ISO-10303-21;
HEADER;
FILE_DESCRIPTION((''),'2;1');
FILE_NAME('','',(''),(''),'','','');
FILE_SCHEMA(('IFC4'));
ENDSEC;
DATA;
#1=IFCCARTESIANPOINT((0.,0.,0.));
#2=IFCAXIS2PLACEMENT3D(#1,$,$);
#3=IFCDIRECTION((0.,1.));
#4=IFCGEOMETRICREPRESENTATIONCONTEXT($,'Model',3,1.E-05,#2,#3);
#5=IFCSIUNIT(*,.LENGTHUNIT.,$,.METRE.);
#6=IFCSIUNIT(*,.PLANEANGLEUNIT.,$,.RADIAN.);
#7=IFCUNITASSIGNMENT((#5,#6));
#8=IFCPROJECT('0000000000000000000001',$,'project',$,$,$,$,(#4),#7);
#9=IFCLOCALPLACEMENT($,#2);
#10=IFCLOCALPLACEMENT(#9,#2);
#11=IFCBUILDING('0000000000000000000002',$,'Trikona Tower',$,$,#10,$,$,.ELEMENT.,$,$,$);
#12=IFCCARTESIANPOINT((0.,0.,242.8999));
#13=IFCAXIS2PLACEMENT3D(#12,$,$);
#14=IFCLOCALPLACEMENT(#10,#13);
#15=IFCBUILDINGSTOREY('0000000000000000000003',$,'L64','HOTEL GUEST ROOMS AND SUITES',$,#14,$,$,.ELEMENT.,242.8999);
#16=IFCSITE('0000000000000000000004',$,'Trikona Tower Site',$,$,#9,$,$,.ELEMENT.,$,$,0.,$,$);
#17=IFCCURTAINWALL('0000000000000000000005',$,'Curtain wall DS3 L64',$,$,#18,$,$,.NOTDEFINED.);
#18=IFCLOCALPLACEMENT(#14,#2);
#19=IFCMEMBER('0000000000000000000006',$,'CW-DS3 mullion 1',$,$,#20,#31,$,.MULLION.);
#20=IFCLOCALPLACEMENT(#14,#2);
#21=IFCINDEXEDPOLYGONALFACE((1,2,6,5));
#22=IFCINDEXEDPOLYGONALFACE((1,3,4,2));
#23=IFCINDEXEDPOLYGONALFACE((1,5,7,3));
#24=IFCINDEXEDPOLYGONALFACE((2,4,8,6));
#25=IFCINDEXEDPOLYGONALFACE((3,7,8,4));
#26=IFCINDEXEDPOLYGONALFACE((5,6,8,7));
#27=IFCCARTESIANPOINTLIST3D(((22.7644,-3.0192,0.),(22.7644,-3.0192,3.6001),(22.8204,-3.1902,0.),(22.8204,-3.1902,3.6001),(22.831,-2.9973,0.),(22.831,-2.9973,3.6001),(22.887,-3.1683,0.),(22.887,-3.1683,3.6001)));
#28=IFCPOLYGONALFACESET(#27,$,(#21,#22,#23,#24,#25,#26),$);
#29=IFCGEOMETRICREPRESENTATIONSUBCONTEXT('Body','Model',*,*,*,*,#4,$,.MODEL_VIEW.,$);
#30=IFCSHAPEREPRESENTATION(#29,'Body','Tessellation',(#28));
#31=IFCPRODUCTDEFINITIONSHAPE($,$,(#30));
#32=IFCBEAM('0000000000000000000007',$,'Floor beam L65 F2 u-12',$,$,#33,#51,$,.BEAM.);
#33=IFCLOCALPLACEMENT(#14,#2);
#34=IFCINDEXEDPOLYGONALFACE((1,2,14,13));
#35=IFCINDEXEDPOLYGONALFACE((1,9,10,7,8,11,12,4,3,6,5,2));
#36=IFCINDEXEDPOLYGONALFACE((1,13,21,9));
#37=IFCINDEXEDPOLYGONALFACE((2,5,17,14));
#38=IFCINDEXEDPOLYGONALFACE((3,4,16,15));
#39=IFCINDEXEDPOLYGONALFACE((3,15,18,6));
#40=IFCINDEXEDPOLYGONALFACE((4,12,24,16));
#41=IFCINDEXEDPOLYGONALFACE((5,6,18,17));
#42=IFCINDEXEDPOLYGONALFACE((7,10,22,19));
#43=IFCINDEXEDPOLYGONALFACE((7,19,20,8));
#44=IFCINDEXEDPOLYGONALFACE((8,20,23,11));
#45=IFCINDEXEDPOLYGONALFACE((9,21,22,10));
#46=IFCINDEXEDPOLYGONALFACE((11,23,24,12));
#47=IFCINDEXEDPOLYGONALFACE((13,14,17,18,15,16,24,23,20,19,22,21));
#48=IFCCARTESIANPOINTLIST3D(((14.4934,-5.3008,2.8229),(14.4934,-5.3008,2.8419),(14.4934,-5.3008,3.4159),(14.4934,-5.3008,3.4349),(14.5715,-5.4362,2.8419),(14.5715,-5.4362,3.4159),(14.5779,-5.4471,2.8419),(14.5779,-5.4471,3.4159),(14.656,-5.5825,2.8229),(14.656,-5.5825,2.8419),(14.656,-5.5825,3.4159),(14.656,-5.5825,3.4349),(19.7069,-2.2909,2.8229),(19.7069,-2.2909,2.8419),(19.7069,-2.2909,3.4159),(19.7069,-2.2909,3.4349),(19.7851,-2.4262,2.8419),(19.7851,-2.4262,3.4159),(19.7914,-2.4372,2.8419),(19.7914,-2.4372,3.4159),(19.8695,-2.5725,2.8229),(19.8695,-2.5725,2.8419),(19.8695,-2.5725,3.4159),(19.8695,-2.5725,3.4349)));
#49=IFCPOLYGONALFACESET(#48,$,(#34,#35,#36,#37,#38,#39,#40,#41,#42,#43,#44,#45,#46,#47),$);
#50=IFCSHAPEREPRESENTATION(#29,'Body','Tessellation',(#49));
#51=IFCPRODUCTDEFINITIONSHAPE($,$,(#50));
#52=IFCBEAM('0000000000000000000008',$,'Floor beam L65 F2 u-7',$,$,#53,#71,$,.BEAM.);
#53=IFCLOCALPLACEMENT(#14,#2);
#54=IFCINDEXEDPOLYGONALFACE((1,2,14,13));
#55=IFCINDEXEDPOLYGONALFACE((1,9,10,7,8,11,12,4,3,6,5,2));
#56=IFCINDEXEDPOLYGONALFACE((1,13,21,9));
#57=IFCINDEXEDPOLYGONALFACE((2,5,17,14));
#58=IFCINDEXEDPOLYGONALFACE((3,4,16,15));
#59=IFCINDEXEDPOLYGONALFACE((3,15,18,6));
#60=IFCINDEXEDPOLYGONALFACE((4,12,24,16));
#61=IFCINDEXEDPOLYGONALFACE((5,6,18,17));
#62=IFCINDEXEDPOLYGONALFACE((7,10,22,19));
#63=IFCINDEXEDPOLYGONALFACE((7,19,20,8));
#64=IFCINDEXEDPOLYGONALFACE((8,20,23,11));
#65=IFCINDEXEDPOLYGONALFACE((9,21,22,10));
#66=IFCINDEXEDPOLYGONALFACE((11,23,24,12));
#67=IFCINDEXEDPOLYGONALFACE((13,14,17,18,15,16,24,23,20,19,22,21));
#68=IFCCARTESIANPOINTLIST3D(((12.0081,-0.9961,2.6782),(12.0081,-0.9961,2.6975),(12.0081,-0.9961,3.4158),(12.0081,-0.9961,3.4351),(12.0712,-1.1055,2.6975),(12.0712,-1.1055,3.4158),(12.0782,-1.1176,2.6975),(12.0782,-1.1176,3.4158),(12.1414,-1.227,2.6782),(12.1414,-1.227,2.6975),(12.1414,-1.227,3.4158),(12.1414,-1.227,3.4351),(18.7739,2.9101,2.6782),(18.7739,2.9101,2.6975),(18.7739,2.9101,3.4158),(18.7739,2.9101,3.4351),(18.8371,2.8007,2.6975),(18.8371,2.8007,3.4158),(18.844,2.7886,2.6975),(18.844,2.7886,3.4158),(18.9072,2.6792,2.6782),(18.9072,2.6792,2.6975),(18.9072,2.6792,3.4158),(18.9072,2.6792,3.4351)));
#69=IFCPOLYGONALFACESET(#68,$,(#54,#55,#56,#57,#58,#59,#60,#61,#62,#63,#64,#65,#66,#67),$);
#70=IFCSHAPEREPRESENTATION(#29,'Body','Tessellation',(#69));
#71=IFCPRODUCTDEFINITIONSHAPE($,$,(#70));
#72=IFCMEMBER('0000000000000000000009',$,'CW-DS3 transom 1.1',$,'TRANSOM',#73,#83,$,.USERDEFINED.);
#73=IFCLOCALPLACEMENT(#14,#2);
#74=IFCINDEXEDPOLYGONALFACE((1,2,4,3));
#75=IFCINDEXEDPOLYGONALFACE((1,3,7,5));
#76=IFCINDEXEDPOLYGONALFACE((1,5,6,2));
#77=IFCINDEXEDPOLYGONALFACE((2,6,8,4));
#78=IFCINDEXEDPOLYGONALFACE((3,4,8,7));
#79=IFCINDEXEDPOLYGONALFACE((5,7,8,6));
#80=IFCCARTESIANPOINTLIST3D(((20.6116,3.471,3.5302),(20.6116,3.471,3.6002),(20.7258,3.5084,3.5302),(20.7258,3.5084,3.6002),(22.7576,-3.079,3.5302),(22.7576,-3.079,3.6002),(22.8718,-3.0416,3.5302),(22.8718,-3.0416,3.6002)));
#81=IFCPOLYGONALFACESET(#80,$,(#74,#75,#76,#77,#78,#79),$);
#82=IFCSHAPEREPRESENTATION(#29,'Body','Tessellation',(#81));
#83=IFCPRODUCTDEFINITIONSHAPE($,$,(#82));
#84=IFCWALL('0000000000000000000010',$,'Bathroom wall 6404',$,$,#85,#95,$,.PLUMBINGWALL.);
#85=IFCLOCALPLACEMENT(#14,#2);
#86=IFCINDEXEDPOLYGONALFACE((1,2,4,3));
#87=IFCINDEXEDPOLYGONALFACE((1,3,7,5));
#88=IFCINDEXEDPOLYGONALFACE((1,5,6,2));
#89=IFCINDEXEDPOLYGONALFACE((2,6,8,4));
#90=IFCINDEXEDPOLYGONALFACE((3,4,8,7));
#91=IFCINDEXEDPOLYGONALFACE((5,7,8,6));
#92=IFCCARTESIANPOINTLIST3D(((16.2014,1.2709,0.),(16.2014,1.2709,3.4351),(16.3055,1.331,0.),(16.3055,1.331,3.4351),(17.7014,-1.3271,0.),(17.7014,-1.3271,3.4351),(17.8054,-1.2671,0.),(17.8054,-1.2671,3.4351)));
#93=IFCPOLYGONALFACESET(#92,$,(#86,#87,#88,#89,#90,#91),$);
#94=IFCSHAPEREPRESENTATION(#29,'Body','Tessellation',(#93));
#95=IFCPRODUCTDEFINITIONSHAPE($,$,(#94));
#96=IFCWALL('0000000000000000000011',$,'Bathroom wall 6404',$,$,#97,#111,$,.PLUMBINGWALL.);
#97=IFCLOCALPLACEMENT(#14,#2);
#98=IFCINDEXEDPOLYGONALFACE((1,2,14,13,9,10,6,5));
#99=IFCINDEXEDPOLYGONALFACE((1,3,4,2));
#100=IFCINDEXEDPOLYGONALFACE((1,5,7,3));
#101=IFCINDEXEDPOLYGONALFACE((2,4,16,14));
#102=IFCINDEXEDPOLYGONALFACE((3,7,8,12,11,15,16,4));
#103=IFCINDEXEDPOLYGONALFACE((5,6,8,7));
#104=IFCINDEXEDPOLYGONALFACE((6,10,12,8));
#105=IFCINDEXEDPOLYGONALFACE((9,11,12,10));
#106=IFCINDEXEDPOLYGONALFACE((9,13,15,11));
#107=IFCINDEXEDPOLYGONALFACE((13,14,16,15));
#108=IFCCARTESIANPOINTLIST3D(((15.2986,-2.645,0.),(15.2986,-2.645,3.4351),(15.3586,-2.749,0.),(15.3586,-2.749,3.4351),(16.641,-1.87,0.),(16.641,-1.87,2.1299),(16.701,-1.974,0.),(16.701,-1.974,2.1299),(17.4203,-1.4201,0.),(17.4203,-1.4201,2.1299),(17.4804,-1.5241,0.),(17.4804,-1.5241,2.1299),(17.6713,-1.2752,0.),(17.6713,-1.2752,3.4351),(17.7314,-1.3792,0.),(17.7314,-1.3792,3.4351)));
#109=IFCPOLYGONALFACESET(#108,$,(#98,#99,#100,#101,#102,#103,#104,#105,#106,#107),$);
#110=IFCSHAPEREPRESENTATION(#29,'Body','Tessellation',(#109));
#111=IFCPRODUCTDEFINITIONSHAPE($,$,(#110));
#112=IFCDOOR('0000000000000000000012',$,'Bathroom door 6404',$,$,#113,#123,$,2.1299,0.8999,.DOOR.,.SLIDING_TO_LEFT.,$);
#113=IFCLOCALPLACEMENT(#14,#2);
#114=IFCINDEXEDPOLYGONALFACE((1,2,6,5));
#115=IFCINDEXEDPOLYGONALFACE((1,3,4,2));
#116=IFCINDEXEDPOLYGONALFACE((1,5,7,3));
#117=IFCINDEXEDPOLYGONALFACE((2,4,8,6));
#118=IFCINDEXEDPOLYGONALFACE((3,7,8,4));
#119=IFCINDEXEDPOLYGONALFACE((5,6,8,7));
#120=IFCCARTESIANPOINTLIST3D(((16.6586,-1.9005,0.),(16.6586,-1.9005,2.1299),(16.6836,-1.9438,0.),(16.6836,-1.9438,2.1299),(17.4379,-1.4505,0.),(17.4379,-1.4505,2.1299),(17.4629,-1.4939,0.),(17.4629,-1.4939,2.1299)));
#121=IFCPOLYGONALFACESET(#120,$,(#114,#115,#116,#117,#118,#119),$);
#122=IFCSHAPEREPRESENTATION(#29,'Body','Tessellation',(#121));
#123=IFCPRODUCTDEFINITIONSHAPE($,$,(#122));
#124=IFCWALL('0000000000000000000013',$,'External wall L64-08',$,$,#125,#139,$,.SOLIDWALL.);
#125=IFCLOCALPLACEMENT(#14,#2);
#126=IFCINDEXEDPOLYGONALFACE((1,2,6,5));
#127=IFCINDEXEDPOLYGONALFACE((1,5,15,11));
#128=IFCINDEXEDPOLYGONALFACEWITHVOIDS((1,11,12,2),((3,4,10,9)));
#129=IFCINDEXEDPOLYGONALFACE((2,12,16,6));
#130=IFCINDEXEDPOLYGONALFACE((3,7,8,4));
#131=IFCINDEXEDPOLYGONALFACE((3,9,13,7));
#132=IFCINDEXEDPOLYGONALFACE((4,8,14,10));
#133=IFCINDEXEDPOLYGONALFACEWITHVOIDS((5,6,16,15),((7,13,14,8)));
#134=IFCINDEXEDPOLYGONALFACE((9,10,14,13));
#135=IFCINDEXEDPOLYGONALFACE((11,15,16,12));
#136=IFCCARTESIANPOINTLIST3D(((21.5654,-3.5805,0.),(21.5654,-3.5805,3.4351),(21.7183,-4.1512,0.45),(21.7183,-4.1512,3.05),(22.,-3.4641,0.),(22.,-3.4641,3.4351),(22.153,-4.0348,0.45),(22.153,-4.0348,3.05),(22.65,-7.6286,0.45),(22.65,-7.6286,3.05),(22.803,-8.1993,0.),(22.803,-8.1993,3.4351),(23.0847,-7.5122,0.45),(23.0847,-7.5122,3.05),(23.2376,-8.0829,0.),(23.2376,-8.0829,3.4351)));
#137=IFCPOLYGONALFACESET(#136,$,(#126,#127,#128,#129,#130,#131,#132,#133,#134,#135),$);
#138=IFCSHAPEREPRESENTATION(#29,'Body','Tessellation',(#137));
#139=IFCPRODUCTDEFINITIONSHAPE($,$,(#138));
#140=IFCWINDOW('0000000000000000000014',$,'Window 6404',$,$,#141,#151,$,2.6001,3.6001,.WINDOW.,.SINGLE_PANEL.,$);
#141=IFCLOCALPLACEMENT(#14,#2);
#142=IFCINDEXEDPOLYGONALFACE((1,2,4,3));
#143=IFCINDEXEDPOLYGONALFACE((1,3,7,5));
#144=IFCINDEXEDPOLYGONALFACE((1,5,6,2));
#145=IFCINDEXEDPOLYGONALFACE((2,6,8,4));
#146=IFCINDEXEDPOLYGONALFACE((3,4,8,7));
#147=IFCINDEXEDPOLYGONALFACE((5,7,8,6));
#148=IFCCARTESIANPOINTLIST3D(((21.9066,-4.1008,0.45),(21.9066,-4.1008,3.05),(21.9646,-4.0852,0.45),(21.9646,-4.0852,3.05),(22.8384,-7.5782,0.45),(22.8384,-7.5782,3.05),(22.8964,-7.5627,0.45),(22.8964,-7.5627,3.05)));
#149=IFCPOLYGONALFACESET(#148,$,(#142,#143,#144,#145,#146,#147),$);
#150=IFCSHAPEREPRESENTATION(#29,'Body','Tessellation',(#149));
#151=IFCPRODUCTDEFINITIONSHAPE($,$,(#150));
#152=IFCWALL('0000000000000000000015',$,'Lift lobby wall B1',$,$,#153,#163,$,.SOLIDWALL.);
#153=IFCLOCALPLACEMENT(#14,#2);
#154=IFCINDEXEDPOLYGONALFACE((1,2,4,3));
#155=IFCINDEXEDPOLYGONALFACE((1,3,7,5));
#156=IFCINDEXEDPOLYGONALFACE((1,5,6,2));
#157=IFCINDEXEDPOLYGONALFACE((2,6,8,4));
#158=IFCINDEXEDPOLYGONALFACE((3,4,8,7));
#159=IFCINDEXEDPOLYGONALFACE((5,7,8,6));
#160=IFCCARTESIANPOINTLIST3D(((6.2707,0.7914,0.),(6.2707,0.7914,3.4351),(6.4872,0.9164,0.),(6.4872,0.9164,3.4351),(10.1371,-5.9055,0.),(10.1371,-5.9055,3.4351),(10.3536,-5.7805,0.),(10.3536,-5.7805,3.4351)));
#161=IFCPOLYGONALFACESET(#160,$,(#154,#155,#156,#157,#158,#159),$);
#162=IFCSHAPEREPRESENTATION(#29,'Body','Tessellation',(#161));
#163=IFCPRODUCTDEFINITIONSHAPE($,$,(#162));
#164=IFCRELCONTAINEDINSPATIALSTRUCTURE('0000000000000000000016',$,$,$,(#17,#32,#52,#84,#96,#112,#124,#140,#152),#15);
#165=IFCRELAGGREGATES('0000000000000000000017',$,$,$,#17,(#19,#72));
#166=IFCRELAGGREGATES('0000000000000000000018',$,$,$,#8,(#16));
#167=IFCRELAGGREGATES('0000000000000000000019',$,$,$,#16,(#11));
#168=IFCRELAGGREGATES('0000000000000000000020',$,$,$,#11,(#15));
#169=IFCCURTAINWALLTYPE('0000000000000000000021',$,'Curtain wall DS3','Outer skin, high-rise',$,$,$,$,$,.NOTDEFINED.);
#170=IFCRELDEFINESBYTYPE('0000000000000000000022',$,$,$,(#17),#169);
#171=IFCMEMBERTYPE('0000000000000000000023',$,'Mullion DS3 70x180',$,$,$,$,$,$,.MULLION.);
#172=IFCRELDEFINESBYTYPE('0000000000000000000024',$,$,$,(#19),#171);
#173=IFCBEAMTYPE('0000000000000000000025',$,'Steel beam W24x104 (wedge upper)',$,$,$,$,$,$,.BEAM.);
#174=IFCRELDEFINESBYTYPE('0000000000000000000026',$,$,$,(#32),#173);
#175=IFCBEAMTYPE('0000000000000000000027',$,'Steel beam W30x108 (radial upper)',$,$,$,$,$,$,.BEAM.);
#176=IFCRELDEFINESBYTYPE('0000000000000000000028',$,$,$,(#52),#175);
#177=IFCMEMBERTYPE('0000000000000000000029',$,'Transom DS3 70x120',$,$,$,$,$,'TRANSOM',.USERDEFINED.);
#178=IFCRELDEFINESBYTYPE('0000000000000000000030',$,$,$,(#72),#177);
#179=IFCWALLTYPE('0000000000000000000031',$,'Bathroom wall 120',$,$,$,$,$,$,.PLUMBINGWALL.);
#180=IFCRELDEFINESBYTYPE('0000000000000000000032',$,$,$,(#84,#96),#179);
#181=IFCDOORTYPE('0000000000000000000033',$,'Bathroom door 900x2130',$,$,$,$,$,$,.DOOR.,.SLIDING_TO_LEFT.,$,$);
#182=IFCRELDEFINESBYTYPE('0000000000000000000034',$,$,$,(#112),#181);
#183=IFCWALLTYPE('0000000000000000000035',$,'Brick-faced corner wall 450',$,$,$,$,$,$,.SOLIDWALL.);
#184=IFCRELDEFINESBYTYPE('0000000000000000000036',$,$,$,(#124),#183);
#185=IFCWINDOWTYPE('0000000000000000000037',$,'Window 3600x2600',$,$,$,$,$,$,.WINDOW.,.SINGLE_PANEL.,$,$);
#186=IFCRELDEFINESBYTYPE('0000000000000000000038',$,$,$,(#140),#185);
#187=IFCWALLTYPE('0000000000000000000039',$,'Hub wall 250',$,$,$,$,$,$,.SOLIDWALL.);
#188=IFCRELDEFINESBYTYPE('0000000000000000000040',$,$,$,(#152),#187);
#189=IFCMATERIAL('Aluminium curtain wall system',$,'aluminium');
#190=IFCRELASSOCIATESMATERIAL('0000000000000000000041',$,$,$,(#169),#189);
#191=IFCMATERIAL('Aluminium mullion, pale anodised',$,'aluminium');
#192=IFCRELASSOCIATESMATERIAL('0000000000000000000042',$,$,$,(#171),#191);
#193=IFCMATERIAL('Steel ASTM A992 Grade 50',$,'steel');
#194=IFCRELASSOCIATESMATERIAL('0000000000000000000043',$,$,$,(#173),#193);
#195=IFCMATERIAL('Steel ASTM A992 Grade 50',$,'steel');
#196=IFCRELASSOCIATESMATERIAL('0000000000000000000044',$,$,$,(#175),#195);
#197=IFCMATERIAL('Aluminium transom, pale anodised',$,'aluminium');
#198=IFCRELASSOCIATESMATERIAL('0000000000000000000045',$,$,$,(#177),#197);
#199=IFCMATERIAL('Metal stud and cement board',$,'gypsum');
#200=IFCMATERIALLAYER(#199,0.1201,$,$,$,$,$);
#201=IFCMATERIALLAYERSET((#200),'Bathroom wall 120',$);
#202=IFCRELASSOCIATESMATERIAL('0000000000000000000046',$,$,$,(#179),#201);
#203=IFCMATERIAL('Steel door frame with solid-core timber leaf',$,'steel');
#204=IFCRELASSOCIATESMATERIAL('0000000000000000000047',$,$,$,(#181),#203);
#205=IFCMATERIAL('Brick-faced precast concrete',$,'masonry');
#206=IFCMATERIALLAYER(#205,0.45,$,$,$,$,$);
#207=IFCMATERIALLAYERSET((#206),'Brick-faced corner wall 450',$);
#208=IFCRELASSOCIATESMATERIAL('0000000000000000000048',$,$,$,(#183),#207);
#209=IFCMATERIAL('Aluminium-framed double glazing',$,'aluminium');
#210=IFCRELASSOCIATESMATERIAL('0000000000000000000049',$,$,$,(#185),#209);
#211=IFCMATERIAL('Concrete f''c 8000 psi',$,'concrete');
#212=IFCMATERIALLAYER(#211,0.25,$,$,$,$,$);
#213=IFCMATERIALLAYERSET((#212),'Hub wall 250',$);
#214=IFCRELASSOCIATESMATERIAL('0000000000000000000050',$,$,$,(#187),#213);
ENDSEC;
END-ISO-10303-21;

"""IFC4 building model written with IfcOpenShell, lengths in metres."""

from ifc_helpers import new_model, si_unit, direction, frame, frame_2d, origin, origin_2d, place, context, subcontext, project, spatial, rectangle, i_section, extrude, material, layer, layer_set, material_profile, profile_set, type_object, element, fill, aggregate, save


model = new_model("IFC4")

# Units and contexts
model_context = context("Model", 3, precision=1e-05, world=origin(), true_north=direction((0.0, 1.0)))
body_context = subcontext(model_context, "Body", "Model", "MODEL_VIEW")
ifc_project = project(units=[si_unit("LENGTHUNIT", "METRE"), si_unit("PLANEANGLEUNIT", "RADIAN")], contexts=[model_context])

# Site, building, storey
site_placement = place(None, origin())
site = spatial("IfcSite", under=ifc_project, at=site_placement, Name="Trikona Tower Site", CompositionType="ELEMENT", RefElevation=0.0)
building_placement = place(site_placement, origin())
building = spatial("IfcBuilding", under=site, at=building_placement, Name="Trikona Tower", CompositionType="ELEMENT")
storey_placement = place(building_placement, frame((0.0, 0.0, 242.8999)))
storey = spatial("IfcBuildingStorey", under=building, at=storey_placement, Name="L64", Description="HOTEL GUEST ROOMS AND SUITES", CompositionType="ELEMENT", Elevation=242.8999)

# Curtain wall, member
ifc_material_1 = material(Name="Aluminium curtain wall system", Category="aluminium")
curtain_wall_type = type_object("IfcCurtainWallType", Name="Curtain wall DS3", Description="Outer skin, high-rise", PredefinedType="NOTDEFINED", material=ifc_material_1)
curtain_wall_placement = place(storey_placement, origin())
curtain_wall = element("IfcCurtainWall", 1, at=curtain_wall_placement, inside=storey, type_object=curtain_wall_type, Name="Curtain wall DS3 L64", PredefinedType="NOTDEFINED")
ifc_material_2 = material(Name="Aluminium mullion, pale anodised", Category="aluminium")
ifc_material_profile_1 = material_profile(ifc_material_2, rectangle(XDim=0.0701, YDim=0.1799, at=origin_2d()), Name="MUL-DS3")
ifc_profile_set_1 = profile_set([ifc_material_profile_1], Name="Aluminium mullion, pale anodised")
member_type_1 = type_object("IfcMemberType", Name="Mullion DS3 70x180", PredefinedType="MULLION", material=ifc_profile_set_1)
member_1_placement = place(storey_placement, frame((22.8257, -3.0938, 0.0), z_axis=(0.0, 0.0, 1.0), x_axis=(-0.950297, -0.311344, 0.0)))
member_1 = element("IfcMember", 2, at=member_1_placement, type_object=member_type_1, Name="CW-DS3 mullion 1", PredefinedType="MULLION", context=body_context, shape_type="SweptSolid", body=[
    extrude(rectangle(XDim=0.0701, YDim=0.1799, at=origin_2d()), origin(), (0.0, 0.0, 1.0), 3.6001),
])

# Beams
ifc_material_3 = material(Name="Steel ASTM A992 Grade 50", Category="steel")
ifc_material_profile_2 = material_profile(ifc_material_3, i_section(OverallWidth=0.3252, OverallDepth=0.6121, WebThickness=0.0127, FlangeThickness=0.019, at=origin_2d()), Name="W24X104")
ifc_profile_set_2 = profile_set([ifc_material_profile_2], Name="Steel ASTM A992 Grade 50")
beam_type_1 = type_object("IfcBeamType", Name="Steel beam W24x104 (wedge upper)", PredefinedType="BEAM", material=ifc_profile_set_2)
beam_1_placement = place(storey_placement, frame((14.5747, -5.4417, 3.1289), z_axis=(0.866031, 0.49999, 0.0), x_axis=(-0.49999, 0.866031, 0.0)))
element("IfcBeam", 3, at=beam_1_placement, inside=storey, type_object=beam_type_1, Name="Floor beam L65 F2 u-12", PredefinedType="BEAM", context=body_context, shape_type="SweptSolid", body=[
    extrude(i_section(OverallWidth=0.3252, OverallDepth=0.6121, WebThickness=0.0127, FlangeThickness=0.019, at=origin_2d()), origin(), (0.0, 0.0, 1.0), 6.02),
])
ifc_material_4 = material(Name="Steel ASTM A992 Grade 50", Category="steel")
ifc_material_profile_3 = material_profile(ifc_material_4, i_section(OverallWidth=0.2666, OverallDepth=0.7568, WebThickness=0.0139, FlangeThickness=0.0193, at=origin_2d()), Name="W30X108")
ifc_profile_set_3 = profile_set([ifc_material_profile_3], Name="Steel ASTM A992 Grade 50")
beam_type_2 = type_object("IfcBeamType", Name="Steel beam W30x108 (radial upper)", PredefinedType="BEAM", material=ifc_profile_set_3)
beam_2_placement = place(storey_placement, frame((12.0747, -1.1116, 3.0566), z_axis=(0.866027, 0.499997, 0.0), x_axis=(-0.499997, 0.866027, 0.0)))
element("IfcBeam", 4, at=beam_2_placement, inside=storey, type_object=beam_type_2, Name="Floor beam L65 F2 u-7", PredefinedType="BEAM", context=body_context, shape_type="SweptSolid", body=[
    extrude(i_section(OverallWidth=0.2666, OverallDepth=0.7568, WebThickness=0.0139, FlangeThickness=0.0193, at=origin_2d()), origin(), (0.0, 0.0, 1.0), 7.8125),
])

# Member
ifc_material_5 = material(Name="Aluminium transom, pale anodised", Category="aluminium")
ifc_material_profile_4 = material_profile(ifc_material_5, rectangle(XDim=0.1201, YDim=0.0701, at=origin_2d()), Name="TRN-DS3")
ifc_profile_set_4 = profile_set([ifc_material_profile_4], Name="Aluminium transom, pale anodised")
member_type_2 = type_object("IfcMemberType", Name="Transom DS3 70x120", ElementType="TRANSOM", PredefinedType="USERDEFINED", material=ifc_profile_set_4)
member_2_placement = place(storey_placement, frame((22.8147, -3.0603, 3.5652), z_axis=(-0.311346, 0.950297, 0.0), x_axis=(-0.950297, -0.311346, 0.0)))
member_2 = element("IfcMember", 5, at=member_2_placement, type_object=member_type_2, Name="CW-DS3 transom 1.1", ObjectType="TRANSOM", PredefinedType="USERDEFINED", context=body_context, shape_type="SweptSolid", body=[
    extrude(rectangle(XDim=0.1201, YDim=0.0701, at=origin_2d()), origin(), (0.0, 0.0, 1.0), 6.8926),
])
aggregate(curtain_wall, [member_1, member_2])

# Wall
ifc_material_6 = material(Name="Metal stud and cement board", Category="gypsum")
ifc_layer_1 = layer(ifc_material_6, 0.1201)
ifc_layer_set_1 = layer_set([ifc_layer_1], Name="Bathroom wall 120")
wall_type_1 = type_object("IfcWallType", Name="Bathroom wall 120", PredefinedType="PLUMBINGWALL", material=ifc_layer_set_1)
wall_1_placement = place(storey_placement, frame((17.7534, -1.2971, 0.0), z_axis=(0.0, 0.0, 1.0), x_axis=(-0.49999, 0.866031, 0.0)))
element("IfcWall", 6, at=wall_1_placement, inside=storey, type_object=wall_type_1, Name="Bathroom wall 6404", PredefinedType="PLUMBINGWALL", context=body_context, shape_type="SweptSolid", body=[
    extrude(rectangle(XDim=3.0, YDim=0.1201, at=frame_2d((1.5, 0.0))), origin(), (0.0, 0.0, 1.0), 3.4351),
])

# Wall, opening, door
wall_2_placement = place(storey_placement, frame((15.3286, -2.697, 0.0), z_axis=(0.0, 0.0, 1.0), x_axis=(0.866036, 0.499982, 0.0)))
wall_2 = element("IfcWall", 7, at=wall_2_placement, inside=storey, type_object=wall_type_1, Name="Bathroom wall 6404", PredefinedType="PLUMBINGWALL", context=body_context, shape_type="SweptSolid", body=[
    extrude(rectangle(XDim=2.7397, YDim=0.1201, at=frame_2d((1.3699, 0.0))), origin(), (0.0, 0.0, 1.0), 3.4351),
])
opening_1_placement = place(wall_2_placement, frame((1.55, 0.0, 0.0)))
opening_1 = element("IfcOpeningElement", 8, at=opening_1_placement, cuts=wall_2, PredefinedType="OPENING", context=body_context, shape_type="SweptSolid", body=[
    extrude(rectangle(XDim=0.8999, YDim=2.1299, at=frame_2d((0.45, 1.0649))), frame((0.0, 0.0701, 0.0), z_axis=(0.0, -1.0, 0.0), x_axis=(1.0, 0.0, 0.0)), (0.0, 0.0, 1.0), 0.1401),
])
ifc_material_7 = material(Name="Steel door frame with solid-core timber leaf", Category="steel")
door_type_1 = type_object("IfcDoorType", Name="Bathroom door 900x2130", OperationType="SLIDING_TO_LEFT", PredefinedType="DOOR", material=ifc_material_7)
door_1_placement = place(opening_1_placement, origin())
door_1 = element("IfcDoor", 9, at=door_1_placement, inside=storey, type_object=door_type_1, Name="Bathroom door 6404", OperationType="SLIDING_TO_LEFT", OverallHeight=2.1299, OverallWidth=0.8999, PredefinedType="DOOR", context=body_context, shape_type="SweptSolid", body=[
    extrude(rectangle(XDim=0.8999, YDim=2.1299, at=frame_2d((0.45, 1.0649))), frame((0.0, 0.0249, 0.0), z_axis=(0.0, -1.0, 0.0), x_axis=(1.0, 0.0, 0.0)), (0.0, 0.0, 1.0), 0.05),
])
fill(opening_1, door_1)

# Wall, opening, window
ifc_material_8 = material(Name="Brick-faced precast concrete", Category="masonry")
ifc_layer_2 = layer(ifc_material_8, 0.45)
ifc_layer_set_2 = layer_set([ifc_layer_2], Name="Brick-faced corner wall 450")
wall_type_2 = type_object("IfcWallType", Name="Brick-faced corner wall 450", PredefinedType="SOLIDWALL", material=ifc_layer_set_2)
wall_3_placement = place(storey_placement, frame((23.0203, -8.1411, 0.0), z_axis=(0.0, 0.0, 1.0), x_axis=(-0.258803, 0.96593, 0.0)))
wall_3 = element("IfcWall", 10, at=wall_3_placement, inside=storey, type_object=wall_type_2, Name="External wall L64-08", PredefinedType="SOLIDWALL", context=body_context, shape_type="SweptSolid", body=[
    extrude(rectangle(XDim=4.7817, YDim=0.45, at=frame_2d((2.3909, 0.0))), origin(), (0.0, 0.0, 1.0), 3.4351),
])
opening_2_placement = place(wall_3_placement, frame((0.5908, 0.0, 0.45)))
opening_2 = element("IfcOpeningElement", 11, at=opening_2_placement, cuts=wall_3, PredefinedType="OPENING", context=body_context, shape_type="SweptSolid", body=[
    extrude(rectangle(XDim=3.6001, YDim=2.6001, at=frame_2d((1.8, 1.3))), frame((0.0, 0.2349, 0.0), z_axis=(0.0, -1.0, 0.0), x_axis=(1.0, 0.0, 0.0)), (0.0, 0.0, 1.0), 0.47),
])
ifc_material_9 = material(Name="Aluminium-framed double glazing", Category="aluminium")
window_type_1 = type_object("IfcWindowType", Name="Window 3600x2600", PartitioningType="SINGLE_PANEL", PredefinedType="WINDOW", material=ifc_material_9)
window_1_placement = place(opening_2_placement, origin())
window_1 = element("IfcWindow", 12, at=window_1_placement, inside=storey, type_object=window_type_1, Name="Window 6404", OverallHeight=2.6001, OverallWidth=3.6001, PartitioningType="SINGLE_PANEL", PredefinedType="WINDOW", context=body_context, shape_type="SweptSolid", body=[
    extrude(rectangle(XDim=3.6001, YDim=2.6001, at=frame_2d((1.8, 1.3))), frame((0.0, 0.03, 0.0), z_axis=(0.0, -1.0, 0.0), x_axis=(1.0, 0.0, 0.0)), (0.0, 0.0, 1.0), 0.0601),
])
fill(opening_2, window_1)

# Wall
ifc_material_10 = material(Name="Concrete f'c 8000 psi", Category="concrete")
ifc_layer_3 = layer(ifc_material_10, 0.25)
ifc_layer_set_3 = layer_set([ifc_layer_3], Name="Hub wall 250")
wall_type_3 = type_object("IfcWallType", Name="Hub wall 250", PredefinedType="SOLIDWALL", material=ifc_layer_set_3)
wall_4_placement = place(storey_placement, frame((10.2454, -5.843, 0.0), z_axis=(0.0, 0.0, 1.0), x_axis=(-0.499993, 0.866029, 0.0)))
element("IfcWall", 13, at=wall_4_placement, inside=storey, type_object=wall_type_3, Name="Lift lobby wall B1", PredefinedType="SOLIDWALL", context=body_context, shape_type="SweptSolid", body=[
    extrude(rectangle(XDim=7.7329, YDim=0.25, at=frame_2d((3.8665, 0.0))), origin(), (0.0, 0.0, 1.0), 3.4351),
])

save(model, "model.ifc")
